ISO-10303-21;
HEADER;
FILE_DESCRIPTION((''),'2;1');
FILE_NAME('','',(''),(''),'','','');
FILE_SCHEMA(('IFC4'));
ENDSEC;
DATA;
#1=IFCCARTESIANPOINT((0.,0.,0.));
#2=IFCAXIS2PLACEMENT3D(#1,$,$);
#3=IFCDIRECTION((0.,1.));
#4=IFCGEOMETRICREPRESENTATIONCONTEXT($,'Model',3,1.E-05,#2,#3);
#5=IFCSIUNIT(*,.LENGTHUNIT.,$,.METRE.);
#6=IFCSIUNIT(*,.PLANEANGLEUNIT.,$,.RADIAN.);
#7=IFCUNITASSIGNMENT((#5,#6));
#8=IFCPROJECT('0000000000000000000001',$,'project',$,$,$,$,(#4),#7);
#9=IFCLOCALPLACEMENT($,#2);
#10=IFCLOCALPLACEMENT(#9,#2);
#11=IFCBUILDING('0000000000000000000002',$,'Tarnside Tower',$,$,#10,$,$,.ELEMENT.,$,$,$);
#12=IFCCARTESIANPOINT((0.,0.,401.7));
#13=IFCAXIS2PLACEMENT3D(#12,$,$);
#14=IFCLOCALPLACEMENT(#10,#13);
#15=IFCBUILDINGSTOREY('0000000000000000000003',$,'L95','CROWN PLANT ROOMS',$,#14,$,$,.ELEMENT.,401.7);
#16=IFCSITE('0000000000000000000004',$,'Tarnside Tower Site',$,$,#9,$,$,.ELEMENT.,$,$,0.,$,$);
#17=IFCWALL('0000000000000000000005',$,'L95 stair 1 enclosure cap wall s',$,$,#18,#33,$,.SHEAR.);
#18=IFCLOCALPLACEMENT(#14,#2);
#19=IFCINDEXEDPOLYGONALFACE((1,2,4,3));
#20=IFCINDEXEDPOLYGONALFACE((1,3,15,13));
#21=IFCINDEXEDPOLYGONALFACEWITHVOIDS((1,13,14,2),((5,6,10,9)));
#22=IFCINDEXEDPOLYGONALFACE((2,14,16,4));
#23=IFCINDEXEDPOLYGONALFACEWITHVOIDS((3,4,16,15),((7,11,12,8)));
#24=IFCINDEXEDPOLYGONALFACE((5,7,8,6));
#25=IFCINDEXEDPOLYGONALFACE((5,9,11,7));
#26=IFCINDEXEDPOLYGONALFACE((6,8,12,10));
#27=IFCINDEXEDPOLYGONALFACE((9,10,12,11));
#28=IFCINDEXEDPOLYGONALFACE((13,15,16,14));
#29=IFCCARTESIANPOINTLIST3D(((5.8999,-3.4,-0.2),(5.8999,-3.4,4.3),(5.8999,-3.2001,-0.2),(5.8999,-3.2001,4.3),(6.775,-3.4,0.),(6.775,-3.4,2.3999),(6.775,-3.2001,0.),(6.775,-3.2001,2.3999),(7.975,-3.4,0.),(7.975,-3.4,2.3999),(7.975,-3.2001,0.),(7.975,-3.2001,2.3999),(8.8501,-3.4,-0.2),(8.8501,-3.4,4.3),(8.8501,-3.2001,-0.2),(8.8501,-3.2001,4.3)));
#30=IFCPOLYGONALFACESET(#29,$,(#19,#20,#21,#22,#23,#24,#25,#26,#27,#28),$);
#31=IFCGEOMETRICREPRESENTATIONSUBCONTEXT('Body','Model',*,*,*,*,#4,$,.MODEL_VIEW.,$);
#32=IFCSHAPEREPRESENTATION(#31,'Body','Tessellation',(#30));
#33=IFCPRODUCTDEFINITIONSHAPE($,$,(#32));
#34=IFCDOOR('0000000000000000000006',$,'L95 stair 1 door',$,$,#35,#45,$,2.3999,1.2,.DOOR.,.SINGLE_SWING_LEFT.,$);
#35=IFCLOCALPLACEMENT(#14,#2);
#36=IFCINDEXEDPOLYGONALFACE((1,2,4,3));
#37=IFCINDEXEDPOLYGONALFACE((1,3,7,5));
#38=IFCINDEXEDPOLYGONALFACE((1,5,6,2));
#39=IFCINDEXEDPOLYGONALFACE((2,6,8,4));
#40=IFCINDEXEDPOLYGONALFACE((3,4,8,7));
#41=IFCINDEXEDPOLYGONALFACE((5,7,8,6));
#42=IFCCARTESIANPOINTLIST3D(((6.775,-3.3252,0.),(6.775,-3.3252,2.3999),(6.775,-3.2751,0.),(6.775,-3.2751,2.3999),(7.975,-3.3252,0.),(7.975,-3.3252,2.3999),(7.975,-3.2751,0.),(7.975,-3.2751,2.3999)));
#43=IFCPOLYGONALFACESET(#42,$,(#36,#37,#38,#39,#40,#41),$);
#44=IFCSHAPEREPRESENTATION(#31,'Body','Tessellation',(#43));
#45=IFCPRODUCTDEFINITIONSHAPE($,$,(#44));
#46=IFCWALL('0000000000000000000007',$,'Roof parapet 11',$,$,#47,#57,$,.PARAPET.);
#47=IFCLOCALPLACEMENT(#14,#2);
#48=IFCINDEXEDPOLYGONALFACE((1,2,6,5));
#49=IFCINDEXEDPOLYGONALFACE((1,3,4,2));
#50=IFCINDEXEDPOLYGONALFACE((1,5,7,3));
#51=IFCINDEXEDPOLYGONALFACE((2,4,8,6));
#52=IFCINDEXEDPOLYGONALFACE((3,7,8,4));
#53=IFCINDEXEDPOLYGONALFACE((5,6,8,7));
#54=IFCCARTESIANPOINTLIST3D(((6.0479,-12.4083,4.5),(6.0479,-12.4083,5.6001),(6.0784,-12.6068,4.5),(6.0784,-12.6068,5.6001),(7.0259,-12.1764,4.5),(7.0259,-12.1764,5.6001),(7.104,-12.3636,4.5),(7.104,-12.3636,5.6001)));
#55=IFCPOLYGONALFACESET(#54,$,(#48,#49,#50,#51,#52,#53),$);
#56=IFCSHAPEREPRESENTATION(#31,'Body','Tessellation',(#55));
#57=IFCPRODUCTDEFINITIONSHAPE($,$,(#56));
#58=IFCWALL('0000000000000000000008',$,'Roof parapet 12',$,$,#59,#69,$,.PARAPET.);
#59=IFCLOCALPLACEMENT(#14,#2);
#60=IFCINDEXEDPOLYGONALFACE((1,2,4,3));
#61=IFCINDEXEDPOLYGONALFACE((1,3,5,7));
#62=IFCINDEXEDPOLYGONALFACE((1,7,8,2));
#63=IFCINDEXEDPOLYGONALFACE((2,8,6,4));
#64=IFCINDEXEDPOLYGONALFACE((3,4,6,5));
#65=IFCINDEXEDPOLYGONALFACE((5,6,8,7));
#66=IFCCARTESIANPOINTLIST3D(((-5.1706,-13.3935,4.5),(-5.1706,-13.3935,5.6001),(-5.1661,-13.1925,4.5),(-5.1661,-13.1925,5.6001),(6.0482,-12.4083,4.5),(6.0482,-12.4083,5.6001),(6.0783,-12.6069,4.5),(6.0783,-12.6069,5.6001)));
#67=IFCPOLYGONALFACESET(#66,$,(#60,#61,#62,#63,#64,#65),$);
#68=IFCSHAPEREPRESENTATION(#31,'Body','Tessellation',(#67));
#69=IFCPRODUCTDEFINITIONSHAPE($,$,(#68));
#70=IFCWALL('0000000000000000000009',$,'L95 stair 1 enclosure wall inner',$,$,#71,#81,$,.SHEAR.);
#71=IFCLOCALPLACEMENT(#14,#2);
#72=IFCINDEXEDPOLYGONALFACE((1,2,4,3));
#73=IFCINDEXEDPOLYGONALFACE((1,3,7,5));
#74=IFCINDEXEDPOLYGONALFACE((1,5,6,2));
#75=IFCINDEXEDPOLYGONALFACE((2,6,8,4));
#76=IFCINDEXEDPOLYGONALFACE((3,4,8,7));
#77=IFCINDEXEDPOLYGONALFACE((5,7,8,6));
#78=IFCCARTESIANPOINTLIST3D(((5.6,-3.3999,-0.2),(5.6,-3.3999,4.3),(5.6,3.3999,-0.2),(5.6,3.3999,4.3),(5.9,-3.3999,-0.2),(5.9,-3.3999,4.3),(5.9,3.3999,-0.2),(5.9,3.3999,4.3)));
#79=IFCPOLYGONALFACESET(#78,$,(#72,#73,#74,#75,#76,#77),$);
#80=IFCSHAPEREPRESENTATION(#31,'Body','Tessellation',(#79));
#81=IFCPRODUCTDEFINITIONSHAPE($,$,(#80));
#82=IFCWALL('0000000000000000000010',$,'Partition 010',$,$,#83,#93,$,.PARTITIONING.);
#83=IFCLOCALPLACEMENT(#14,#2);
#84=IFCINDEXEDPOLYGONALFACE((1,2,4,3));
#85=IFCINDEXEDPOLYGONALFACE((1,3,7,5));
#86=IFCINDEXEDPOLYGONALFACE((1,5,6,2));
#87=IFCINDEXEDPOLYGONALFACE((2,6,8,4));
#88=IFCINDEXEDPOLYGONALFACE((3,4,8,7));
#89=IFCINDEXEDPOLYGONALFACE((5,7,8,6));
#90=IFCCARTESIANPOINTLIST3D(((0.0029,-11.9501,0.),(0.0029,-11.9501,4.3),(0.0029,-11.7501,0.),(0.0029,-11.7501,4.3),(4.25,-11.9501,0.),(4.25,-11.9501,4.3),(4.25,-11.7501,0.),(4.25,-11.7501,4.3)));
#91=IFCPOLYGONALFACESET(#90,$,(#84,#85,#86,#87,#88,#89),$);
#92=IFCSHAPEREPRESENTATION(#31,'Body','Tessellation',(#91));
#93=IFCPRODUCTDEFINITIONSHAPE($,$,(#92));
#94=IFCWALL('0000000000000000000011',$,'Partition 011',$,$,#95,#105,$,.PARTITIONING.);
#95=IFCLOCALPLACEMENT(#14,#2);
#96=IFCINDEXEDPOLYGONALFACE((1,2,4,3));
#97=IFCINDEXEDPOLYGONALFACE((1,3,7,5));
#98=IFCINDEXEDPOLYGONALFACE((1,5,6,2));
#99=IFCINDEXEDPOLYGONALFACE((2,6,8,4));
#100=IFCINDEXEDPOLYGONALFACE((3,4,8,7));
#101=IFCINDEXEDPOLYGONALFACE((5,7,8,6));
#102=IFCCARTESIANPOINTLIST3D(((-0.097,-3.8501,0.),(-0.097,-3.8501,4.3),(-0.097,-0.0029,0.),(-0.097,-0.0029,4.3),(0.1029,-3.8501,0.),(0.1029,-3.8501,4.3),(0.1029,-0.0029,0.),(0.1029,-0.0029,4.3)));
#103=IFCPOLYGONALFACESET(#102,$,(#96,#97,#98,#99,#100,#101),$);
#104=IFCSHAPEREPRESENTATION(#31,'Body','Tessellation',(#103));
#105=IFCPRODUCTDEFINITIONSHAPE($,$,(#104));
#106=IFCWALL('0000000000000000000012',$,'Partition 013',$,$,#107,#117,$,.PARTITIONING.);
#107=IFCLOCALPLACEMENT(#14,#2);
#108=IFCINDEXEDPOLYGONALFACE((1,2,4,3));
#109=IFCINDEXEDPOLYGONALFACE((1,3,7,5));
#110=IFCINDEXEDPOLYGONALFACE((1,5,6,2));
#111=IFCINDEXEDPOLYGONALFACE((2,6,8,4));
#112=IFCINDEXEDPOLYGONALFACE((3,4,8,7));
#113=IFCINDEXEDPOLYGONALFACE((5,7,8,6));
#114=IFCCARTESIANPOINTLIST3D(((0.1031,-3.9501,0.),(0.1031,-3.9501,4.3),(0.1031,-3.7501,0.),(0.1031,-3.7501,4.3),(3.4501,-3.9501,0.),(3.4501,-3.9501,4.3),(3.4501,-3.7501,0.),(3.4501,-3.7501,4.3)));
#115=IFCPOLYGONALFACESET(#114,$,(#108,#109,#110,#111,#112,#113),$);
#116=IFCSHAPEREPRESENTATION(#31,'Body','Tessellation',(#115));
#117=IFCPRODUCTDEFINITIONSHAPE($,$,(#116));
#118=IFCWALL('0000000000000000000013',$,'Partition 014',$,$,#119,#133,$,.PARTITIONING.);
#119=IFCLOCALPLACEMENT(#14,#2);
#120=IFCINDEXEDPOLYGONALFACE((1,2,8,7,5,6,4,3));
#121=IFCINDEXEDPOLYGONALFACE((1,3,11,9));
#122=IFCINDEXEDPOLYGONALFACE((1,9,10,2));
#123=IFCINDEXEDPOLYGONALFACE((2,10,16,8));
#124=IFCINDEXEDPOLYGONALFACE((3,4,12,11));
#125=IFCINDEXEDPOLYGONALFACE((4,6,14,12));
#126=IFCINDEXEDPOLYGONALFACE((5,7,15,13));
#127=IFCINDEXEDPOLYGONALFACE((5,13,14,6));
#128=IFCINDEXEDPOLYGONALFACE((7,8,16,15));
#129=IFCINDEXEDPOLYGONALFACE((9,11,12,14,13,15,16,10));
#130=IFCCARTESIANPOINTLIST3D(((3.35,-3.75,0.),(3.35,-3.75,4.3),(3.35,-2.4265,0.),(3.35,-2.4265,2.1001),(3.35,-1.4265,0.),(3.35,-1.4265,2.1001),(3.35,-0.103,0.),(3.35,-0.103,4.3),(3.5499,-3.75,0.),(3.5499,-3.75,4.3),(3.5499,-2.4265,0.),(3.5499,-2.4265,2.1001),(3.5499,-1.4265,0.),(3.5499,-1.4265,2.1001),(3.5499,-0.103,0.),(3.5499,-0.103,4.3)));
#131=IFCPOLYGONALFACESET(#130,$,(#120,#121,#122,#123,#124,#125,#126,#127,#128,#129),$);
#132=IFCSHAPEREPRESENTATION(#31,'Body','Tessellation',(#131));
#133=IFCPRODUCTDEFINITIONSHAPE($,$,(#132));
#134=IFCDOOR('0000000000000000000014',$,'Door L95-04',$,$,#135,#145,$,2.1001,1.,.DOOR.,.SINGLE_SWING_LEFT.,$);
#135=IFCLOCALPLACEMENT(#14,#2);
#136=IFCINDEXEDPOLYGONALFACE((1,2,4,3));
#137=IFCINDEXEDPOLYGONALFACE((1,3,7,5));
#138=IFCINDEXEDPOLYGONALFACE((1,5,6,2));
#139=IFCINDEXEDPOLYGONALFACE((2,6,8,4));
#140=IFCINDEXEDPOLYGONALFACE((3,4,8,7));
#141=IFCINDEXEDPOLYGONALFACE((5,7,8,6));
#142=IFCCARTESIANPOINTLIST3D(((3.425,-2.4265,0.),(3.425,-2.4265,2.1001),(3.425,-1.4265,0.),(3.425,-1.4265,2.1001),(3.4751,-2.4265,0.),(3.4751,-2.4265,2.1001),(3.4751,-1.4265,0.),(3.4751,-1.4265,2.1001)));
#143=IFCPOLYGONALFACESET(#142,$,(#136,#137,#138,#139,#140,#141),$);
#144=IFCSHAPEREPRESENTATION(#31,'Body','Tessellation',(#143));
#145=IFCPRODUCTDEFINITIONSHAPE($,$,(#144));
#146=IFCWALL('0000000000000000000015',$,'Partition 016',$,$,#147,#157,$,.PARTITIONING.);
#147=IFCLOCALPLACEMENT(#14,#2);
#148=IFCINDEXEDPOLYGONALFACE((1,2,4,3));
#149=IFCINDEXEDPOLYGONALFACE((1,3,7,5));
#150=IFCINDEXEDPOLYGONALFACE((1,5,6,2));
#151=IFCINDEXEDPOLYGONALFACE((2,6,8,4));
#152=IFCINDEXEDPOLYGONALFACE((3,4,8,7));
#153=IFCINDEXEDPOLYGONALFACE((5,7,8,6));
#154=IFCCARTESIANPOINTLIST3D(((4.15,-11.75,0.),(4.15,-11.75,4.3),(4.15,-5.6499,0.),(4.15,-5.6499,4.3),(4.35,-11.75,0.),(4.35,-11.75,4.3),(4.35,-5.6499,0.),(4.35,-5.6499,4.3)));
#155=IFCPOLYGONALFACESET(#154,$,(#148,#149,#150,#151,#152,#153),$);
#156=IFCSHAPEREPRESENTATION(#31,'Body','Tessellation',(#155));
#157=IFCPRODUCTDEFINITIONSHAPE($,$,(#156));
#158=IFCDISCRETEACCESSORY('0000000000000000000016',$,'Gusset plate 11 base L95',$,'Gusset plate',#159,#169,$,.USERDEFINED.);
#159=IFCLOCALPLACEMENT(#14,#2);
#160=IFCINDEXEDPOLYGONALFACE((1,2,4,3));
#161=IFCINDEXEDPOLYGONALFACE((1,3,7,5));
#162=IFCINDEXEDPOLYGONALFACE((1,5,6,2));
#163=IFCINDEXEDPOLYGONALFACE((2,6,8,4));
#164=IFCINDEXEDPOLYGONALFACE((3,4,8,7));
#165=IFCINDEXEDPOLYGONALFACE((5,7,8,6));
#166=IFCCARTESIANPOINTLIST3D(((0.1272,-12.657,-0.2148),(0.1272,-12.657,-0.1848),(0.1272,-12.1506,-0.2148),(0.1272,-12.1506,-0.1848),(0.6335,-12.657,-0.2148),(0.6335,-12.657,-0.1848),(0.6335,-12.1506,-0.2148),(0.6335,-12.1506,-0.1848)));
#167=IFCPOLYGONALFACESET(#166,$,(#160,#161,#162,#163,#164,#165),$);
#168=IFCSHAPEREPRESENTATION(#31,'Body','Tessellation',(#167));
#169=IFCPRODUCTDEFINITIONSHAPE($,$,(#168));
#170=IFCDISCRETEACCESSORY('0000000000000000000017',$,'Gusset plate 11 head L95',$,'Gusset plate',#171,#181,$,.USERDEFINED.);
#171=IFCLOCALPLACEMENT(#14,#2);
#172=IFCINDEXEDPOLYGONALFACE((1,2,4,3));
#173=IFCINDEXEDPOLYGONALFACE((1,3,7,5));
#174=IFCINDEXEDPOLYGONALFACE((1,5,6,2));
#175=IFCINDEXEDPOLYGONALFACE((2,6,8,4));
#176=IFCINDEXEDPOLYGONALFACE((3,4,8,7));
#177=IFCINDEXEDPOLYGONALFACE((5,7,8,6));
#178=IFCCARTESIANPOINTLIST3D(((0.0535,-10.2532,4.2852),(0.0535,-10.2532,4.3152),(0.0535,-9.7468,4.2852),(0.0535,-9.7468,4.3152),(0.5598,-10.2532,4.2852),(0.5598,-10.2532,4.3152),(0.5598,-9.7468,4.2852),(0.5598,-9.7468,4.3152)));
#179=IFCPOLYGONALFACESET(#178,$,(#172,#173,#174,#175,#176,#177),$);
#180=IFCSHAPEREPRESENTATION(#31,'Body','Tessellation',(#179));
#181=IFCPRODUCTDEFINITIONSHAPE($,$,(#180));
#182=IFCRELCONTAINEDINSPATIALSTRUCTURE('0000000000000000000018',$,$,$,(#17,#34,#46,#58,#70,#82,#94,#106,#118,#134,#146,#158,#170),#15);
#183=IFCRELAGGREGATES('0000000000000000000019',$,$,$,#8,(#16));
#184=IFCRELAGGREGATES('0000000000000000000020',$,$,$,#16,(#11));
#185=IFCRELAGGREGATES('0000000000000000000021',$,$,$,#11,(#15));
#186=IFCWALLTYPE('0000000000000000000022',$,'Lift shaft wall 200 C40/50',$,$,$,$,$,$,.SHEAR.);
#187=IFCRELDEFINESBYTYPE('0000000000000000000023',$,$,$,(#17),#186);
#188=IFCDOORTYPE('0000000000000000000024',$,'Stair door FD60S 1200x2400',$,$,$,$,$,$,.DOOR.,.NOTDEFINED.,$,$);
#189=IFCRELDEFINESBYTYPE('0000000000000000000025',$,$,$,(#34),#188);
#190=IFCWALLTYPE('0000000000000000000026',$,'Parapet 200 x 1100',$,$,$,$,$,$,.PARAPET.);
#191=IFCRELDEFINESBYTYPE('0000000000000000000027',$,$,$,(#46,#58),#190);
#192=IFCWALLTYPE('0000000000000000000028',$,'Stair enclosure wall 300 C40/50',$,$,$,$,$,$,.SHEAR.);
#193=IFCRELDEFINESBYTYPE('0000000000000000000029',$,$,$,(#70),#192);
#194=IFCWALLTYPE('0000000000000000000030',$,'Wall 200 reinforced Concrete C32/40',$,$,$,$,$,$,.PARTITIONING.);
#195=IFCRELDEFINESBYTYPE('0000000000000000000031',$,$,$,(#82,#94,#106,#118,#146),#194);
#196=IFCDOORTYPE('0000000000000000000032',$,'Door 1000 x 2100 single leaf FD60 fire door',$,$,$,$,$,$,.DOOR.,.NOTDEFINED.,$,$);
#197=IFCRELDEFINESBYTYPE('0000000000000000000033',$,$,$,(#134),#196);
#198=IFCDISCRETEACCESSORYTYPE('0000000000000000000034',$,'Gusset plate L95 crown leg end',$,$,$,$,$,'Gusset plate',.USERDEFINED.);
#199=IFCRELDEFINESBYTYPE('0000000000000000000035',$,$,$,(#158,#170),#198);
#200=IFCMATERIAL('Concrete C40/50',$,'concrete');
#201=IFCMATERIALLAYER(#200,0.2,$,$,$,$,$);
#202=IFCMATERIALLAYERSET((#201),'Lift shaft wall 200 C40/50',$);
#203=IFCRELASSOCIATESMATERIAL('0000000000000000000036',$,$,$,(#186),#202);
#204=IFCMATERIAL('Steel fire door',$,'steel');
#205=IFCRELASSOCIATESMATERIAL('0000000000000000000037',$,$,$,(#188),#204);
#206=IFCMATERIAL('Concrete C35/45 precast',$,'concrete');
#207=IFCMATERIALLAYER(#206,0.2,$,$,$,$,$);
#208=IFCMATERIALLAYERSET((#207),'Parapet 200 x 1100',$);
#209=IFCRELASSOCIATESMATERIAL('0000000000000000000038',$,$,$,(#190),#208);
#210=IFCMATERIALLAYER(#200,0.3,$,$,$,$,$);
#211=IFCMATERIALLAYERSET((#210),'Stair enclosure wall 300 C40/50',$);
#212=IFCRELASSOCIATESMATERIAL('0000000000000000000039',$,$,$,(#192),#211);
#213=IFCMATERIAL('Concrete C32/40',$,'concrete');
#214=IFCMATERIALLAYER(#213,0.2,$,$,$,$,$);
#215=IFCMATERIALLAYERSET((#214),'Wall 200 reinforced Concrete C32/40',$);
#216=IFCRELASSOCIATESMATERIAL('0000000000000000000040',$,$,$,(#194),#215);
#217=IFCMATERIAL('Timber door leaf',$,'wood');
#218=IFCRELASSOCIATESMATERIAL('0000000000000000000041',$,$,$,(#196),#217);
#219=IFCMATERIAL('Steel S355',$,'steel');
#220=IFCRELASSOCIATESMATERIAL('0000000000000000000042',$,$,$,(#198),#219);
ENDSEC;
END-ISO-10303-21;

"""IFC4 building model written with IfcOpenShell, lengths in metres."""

from ifc_helpers import new_model, si_unit, direction, frame, frame_2d, origin, origin_2d, place, context, subcontext, project, spatial, polyline, rectangle, outline, extrude, material, layer, layer_set, type_object, element, fill, save


model = new_model("IFC4")

# Units and contexts
model_context = context("Model", 3, precision=1e-05, world=origin(), true_north=direction((0.0, 1.0)))
body_context = subcontext(model_context, "Body", "Model", "MODEL_VIEW")
ifc_project = project(units=[si_unit("LENGTHUNIT", "METRE"), si_unit("PLANEANGLEUNIT", "RADIAN")], contexts=[model_context])

# Site, building, storey
site_placement = place(None, origin())
site = spatial("IfcSite", under=ifc_project, at=site_placement, Name="Tarnside Tower Site", CompositionType="ELEMENT", RefElevation=0.0)
building_placement = place(site_placement, origin())
building = spatial("IfcBuilding", under=site, at=building_placement, Name="Tarnside Tower", CompositionType="ELEMENT")
storey_placement = place(building_placement, frame((0.0, 0.0, 401.7)))
storey = spatial("IfcBuildingStorey", under=building, at=storey_placement, Name="L95", Description="CROWN PLANT ROOMS", CompositionType="ELEMENT", Elevation=401.7)

# Shared definitions
ifc_material_1 = material(Name="Steel S355", Category="steel")

# Shared definitions
ifc_material_2 = material(Name="Concrete C40/50", Category="concrete")
ifc_layer_1 = layer(ifc_material_2, 0.2)
ifc_layer_set_1 = layer_set([ifc_layer_1], Name="Lift shaft wall 200 C40/50")
wall_type_1 = type_object("IfcWallType", Name="Lift shaft wall 200 C40/50", PredefinedType="SHEAR", material=ifc_layer_set_1)

# Wall, opening, door
wall_1_placement = place(storey_placement, frame((5.8999, -3.3, -0.2), z_axis=(0.0, 0.0, 1.0), x_axis=(1.0, 0.0, 0.0)))
wall_1 = element("IfcWall", 1, at=wall_1_placement, inside=storey, type_object=wall_type_1, Name="L95 stair 1 enclosure cap wall s", PredefinedType="SHEAR", context=body_context, shape_type="SweptSolid", body=[
    extrude(rectangle(XDim=2.9502, YDim=0.2, at=frame_2d((1.4751, 0.0))), origin(), (0.0, 0.0, 1.0), 4.5),
])
opening_1_placement = place(wall_1_placement, frame((0.875, 0.0, 0.2)))
opening_1 = element("IfcOpeningElement", 2, at=opening_1_placement, cuts=wall_1, PredefinedType="OPENING", context=body_context, shape_type="SweptSolid", body=[
    extrude(rectangle(XDim=1.2, YDim=2.3999, at=frame_2d((0.6001, 1.2))), frame((0.0, 0.1099, 0.0), z_axis=(0.0, -1.0, 0.0), x_axis=(1.0, 0.0, 0.0)), (0.0, 0.0, 1.0), 0.22),
])
ifc_material_3 = material(Name="Steel fire door", Category="steel")
door_type_1 = type_object("IfcDoorType", Name="Stair door FD60S 1200x2400", OperationType="NOTDEFINED", PredefinedType="DOOR", material=ifc_material_3)
door_1_placement = place(opening_1_placement, origin())
door_1 = element("IfcDoor", 3, at=door_1_placement, inside=storey, type_object=door_type_1, Name="L95 stair 1 door", OperationType="SINGLE_SWING_LEFT", OverallHeight=2.3999, OverallWidth=1.2, PredefinedType="DOOR", context=body_context, shape_type="SweptSolid", body=[
    extrude(rectangle(XDim=1.2, YDim=2.3999, at=frame_2d((0.6001, 1.2))), frame((0.0, 0.0249, 0.0), z_axis=(0.0, -1.0, 0.0), x_axis=(1.0, 0.0, 0.0)), (0.0, 0.0, 1.0), 0.05),
])
fill(opening_1, door_1)

# Walls
ifc_material_4 = material(Name="Concrete C35/45 precast", Category="concrete")
ifc_layer_2 = layer(ifc_material_4, 0.2)
ifc_layer_set_2 = layer_set([ifc_layer_2], Name="Parapet 200 x 1100")
wall_type_2 = type_object("IfcWallType", Name="Parapet 200 x 1100", PredefinedType="PARAPET", material=ifc_layer_set_2)
wall_2_placement = place(storey_placement, frame((7.0649, -12.27, 4.5), z_axis=(0.0, 0.0, 1.0), x_axis=(-0.973014, -0.230744, 0.0)))
element("IfcWall", 4, at=wall_2_placement, inside=storey, type_object=wall_type_2, Name="Roof parapet 11", PredefinedType="PARAPET", context=body_context, shape_type="SweptSolid", body=[
    extrude(outline(polyline([(0.0164, -0.1001), (1.0215, -0.1001), (1.0376, 0.1001), (-0.0164, 0.1001), (0.0164, -0.1001)])), origin(), (0.0, 0.0, 1.0), 1.1001),
])
wall_3_placement = place(storey_placement, frame((6.0632, -12.5076, 4.5), z_axis=(0.0, 0.0, 1.0), x_axis=(-0.997564, -0.069757, 0.0)))
element("IfcWall", 5, at=wall_3_placement, inside=storey, type_object=wall_type_2, Name="Roof parapet 12", PredefinedType="PARAPET", context=body_context, shape_type="SweptSolid", body=[
    extrude(outline(polyline([(0.0081, -0.1001), (11.2498, -0.1001), (11.2683, 0.1001), (-0.0081, 0.1001), (0.0081, -0.1001)])), origin(), (0.0, 0.0, 1.0), 1.1001),
])
ifc_layer_3 = layer(ifc_material_2, 0.3)
ifc_layer_set_3 = layer_set([ifc_layer_3], Name="Stair enclosure wall 300 C40/50")
wall_type_3 = type_object("IfcWallType", Name="Stair enclosure wall 300 C40/50", PredefinedType="SHEAR", material=ifc_layer_set_3)
wall_4_placement = place(storey_placement, frame((5.75, -3.3999, -0.2), z_axis=(0.0, 0.0, 1.0), x_axis=(0.0, 1.0, 0.0)))
element("IfcWall", 6, at=wall_4_placement, inside=storey, type_object=wall_type_3, Name="L95 stair 1 enclosure wall inner", PredefinedType="SHEAR", context=body_context, shape_type="SweptSolid", body=[
    extrude(rectangle(XDim=6.7998, YDim=0.3, at=frame_2d((3.3999, 0.0))), origin(), (0.0, 0.0, 1.0), 4.5),
])
ifc_material_5 = material(Name="Concrete C32/40", Category="concrete")
ifc_layer_4 = layer(ifc_material_5, 0.2)
ifc_layer_set_4 = layer_set([ifc_layer_4], Name="Wall 200 reinforced Concrete C32/40")
wall_type_4 = type_object("IfcWallType", Name="Wall 200 reinforced Concrete C32/40", PredefinedType="PARTITIONING", material=ifc_layer_set_4)
wall_5_placement = place(storey_placement, frame((0.0029, -11.8501, 0.0), z_axis=(0.0, 0.0, 1.0), x_axis=(1.0, 0.0, 0.0)))
element("IfcWall", 7, at=wall_5_placement, inside=storey, type_object=wall_type_4, Name="Partition 010", PredefinedType="PARTITIONING", context=body_context, shape_type="SweptSolid", body=[
    extrude(rectangle(XDim=4.2471, YDim=0.2, at=frame_2d((2.1235, 0.0))), origin(), (0.0, 0.0, 1.0), 4.3),
])
wall_6_placement = place(storey_placement, frame((0.0029, -3.8501, 0.0), z_axis=(0.0, 0.0, 1.0), x_axis=(0.0, 1.0, 0.0)))
element("IfcWall", 8, at=wall_6_placement, inside=storey, type_object=wall_type_4, Name="Partition 011", PredefinedType="PARTITIONING", context=body_context, shape_type="SweptSolid", body=[
    extrude(rectangle(XDim=3.8472, YDim=0.2, at=frame_2d((1.9236, 0.0))), origin(), (0.0, 0.0, 1.0), 4.3),
])
wall_7_placement = place(storey_placement, frame((3.45, -3.8501, 0.0), z_axis=(0.0, 0.0, 1.0), x_axis=(-1.0, 0.0, 0.0)))
element("IfcWall", 9, at=wall_7_placement, inside=storey, type_object=wall_type_4, Name="Partition 013", PredefinedType="PARTITIONING", context=body_context, shape_type="SweptSolid", body=[
    extrude(rectangle(XDim=3.3469, YDim=0.2, at=frame_2d((1.6733, 0.0))), origin(), (0.0, 0.0, 1.0), 4.3),
])

# Wall, opening, door
wall_8_placement = place(storey_placement, frame((3.45, -3.75, 0.0), z_axis=(0.0, 0.0, 1.0), x_axis=(0.0, 1.0, 0.0)))
wall_8 = element("IfcWall", 10, at=wall_8_placement, inside=storey, type_object=wall_type_4, Name="Partition 014", PredefinedType="PARTITIONING", context=body_context, shape_type="SweptSolid", body=[
    extrude(rectangle(XDim=3.647, YDim=0.2, at=frame_2d((1.8235, 0.0))), origin(), (0.0, 0.0, 1.0), 4.3),
])
opening_2_placement = place(wall_8_placement, frame((1.3235, 0.0, 0.0)))
opening_2 = element("IfcOpeningElement", 11, at=opening_2_placement, cuts=wall_8, PredefinedType="OPENING", context=body_context, shape_type="SweptSolid", body=[
    extrude(rectangle(XDim=1.0, YDim=2.1001, at=frame_2d((0.5, 1.05))), frame((0.0, 0.1099, 0.0), z_axis=(0.0, -1.0, 0.0), x_axis=(1.0, 0.0, 0.0)), (0.0, 0.0, 1.0), 0.22),
])
ifc_material_6 = material(Name="Timber door leaf", Category="wood")
door_type_2 = type_object("IfcDoorType", Name="Door 1000 x 2100 single leaf FD60 fire door", OperationType="NOTDEFINED", PredefinedType="DOOR", material=ifc_material_6)
door_2_placement = place(opening_2_placement, origin())
door_2 = element("IfcDoor", 12, at=door_2_placement, inside=storey, type_object=door_type_2, Name="Door L95-04", OperationType="SINGLE_SWING_LEFT", OverallHeight=2.1001, OverallWidth=1.0, PredefinedType="DOOR", context=body_context, shape_type="SweptSolid", body=[
    extrude(rectangle(XDim=1.0, YDim=2.1001, at=frame_2d((0.5, 1.05))), frame((0.0, 0.0249, 0.0), z_axis=(0.0, -1.0, 0.0), x_axis=(1.0, 0.0, 0.0)), (0.0, 0.0, 1.0), 0.05),
])
fill(opening_2, door_2)

# Wall
wall_9_placement = place(storey_placement, frame((4.25, -11.75, 0.0), z_axis=(0.0, 0.0, 1.0), x_axis=(0.0, 1.0, 0.0)))
element("IfcWall", 13, at=wall_9_placement, inside=storey, type_object=wall_type_4, Name="Partition 016", PredefinedType="PARTITIONING", context=body_context, shape_type="SweptSolid", body=[
    extrude(rectangle(XDim=6.1001, YDim=0.2, at=frame_2d((3.05, 0.0))), origin(), (0.0, 0.0, 1.0), 4.3),
])

# Discrete accessories
discrete_accessory_type = type_object("IfcDiscreteAccessoryType", Name="Gusset plate L95 crown leg end", ElementType="Gusset plate", PredefinedType="USERDEFINED", material=ifc_material_1)
for number, where, z_axis, x_axis, name in (
    (14, (0.3804, -12.4038, -0.2148), (0.0, 0.0, 1.0), (1.0, 0.0, 0.0), "Gusset plate 11 base L95"),
    (15, (0.3066, -10.0, 4.2852), (0.0, 0.0, 1.0), (1.0, 0.0, 0.0), "Gusset plate 11 head L95"),
):
    element("IfcDiscreteAccessory", number, at=place(storey_placement, frame(where, z_axis=z_axis, x_axis=x_axis)), inside=storey, type_object=discrete_accessory_type, Name=name, ObjectType="Gusset plate", PredefinedType="USERDEFINED", context=body_context, shape_type="SweptSolid", body=[
        extrude(rectangle(XDim=0.5063, YDim=0.5063, at=origin_2d()), origin(), (0.0, 0.0, 1.0), 0.03),
    ])

save(model, "model.ifc")
